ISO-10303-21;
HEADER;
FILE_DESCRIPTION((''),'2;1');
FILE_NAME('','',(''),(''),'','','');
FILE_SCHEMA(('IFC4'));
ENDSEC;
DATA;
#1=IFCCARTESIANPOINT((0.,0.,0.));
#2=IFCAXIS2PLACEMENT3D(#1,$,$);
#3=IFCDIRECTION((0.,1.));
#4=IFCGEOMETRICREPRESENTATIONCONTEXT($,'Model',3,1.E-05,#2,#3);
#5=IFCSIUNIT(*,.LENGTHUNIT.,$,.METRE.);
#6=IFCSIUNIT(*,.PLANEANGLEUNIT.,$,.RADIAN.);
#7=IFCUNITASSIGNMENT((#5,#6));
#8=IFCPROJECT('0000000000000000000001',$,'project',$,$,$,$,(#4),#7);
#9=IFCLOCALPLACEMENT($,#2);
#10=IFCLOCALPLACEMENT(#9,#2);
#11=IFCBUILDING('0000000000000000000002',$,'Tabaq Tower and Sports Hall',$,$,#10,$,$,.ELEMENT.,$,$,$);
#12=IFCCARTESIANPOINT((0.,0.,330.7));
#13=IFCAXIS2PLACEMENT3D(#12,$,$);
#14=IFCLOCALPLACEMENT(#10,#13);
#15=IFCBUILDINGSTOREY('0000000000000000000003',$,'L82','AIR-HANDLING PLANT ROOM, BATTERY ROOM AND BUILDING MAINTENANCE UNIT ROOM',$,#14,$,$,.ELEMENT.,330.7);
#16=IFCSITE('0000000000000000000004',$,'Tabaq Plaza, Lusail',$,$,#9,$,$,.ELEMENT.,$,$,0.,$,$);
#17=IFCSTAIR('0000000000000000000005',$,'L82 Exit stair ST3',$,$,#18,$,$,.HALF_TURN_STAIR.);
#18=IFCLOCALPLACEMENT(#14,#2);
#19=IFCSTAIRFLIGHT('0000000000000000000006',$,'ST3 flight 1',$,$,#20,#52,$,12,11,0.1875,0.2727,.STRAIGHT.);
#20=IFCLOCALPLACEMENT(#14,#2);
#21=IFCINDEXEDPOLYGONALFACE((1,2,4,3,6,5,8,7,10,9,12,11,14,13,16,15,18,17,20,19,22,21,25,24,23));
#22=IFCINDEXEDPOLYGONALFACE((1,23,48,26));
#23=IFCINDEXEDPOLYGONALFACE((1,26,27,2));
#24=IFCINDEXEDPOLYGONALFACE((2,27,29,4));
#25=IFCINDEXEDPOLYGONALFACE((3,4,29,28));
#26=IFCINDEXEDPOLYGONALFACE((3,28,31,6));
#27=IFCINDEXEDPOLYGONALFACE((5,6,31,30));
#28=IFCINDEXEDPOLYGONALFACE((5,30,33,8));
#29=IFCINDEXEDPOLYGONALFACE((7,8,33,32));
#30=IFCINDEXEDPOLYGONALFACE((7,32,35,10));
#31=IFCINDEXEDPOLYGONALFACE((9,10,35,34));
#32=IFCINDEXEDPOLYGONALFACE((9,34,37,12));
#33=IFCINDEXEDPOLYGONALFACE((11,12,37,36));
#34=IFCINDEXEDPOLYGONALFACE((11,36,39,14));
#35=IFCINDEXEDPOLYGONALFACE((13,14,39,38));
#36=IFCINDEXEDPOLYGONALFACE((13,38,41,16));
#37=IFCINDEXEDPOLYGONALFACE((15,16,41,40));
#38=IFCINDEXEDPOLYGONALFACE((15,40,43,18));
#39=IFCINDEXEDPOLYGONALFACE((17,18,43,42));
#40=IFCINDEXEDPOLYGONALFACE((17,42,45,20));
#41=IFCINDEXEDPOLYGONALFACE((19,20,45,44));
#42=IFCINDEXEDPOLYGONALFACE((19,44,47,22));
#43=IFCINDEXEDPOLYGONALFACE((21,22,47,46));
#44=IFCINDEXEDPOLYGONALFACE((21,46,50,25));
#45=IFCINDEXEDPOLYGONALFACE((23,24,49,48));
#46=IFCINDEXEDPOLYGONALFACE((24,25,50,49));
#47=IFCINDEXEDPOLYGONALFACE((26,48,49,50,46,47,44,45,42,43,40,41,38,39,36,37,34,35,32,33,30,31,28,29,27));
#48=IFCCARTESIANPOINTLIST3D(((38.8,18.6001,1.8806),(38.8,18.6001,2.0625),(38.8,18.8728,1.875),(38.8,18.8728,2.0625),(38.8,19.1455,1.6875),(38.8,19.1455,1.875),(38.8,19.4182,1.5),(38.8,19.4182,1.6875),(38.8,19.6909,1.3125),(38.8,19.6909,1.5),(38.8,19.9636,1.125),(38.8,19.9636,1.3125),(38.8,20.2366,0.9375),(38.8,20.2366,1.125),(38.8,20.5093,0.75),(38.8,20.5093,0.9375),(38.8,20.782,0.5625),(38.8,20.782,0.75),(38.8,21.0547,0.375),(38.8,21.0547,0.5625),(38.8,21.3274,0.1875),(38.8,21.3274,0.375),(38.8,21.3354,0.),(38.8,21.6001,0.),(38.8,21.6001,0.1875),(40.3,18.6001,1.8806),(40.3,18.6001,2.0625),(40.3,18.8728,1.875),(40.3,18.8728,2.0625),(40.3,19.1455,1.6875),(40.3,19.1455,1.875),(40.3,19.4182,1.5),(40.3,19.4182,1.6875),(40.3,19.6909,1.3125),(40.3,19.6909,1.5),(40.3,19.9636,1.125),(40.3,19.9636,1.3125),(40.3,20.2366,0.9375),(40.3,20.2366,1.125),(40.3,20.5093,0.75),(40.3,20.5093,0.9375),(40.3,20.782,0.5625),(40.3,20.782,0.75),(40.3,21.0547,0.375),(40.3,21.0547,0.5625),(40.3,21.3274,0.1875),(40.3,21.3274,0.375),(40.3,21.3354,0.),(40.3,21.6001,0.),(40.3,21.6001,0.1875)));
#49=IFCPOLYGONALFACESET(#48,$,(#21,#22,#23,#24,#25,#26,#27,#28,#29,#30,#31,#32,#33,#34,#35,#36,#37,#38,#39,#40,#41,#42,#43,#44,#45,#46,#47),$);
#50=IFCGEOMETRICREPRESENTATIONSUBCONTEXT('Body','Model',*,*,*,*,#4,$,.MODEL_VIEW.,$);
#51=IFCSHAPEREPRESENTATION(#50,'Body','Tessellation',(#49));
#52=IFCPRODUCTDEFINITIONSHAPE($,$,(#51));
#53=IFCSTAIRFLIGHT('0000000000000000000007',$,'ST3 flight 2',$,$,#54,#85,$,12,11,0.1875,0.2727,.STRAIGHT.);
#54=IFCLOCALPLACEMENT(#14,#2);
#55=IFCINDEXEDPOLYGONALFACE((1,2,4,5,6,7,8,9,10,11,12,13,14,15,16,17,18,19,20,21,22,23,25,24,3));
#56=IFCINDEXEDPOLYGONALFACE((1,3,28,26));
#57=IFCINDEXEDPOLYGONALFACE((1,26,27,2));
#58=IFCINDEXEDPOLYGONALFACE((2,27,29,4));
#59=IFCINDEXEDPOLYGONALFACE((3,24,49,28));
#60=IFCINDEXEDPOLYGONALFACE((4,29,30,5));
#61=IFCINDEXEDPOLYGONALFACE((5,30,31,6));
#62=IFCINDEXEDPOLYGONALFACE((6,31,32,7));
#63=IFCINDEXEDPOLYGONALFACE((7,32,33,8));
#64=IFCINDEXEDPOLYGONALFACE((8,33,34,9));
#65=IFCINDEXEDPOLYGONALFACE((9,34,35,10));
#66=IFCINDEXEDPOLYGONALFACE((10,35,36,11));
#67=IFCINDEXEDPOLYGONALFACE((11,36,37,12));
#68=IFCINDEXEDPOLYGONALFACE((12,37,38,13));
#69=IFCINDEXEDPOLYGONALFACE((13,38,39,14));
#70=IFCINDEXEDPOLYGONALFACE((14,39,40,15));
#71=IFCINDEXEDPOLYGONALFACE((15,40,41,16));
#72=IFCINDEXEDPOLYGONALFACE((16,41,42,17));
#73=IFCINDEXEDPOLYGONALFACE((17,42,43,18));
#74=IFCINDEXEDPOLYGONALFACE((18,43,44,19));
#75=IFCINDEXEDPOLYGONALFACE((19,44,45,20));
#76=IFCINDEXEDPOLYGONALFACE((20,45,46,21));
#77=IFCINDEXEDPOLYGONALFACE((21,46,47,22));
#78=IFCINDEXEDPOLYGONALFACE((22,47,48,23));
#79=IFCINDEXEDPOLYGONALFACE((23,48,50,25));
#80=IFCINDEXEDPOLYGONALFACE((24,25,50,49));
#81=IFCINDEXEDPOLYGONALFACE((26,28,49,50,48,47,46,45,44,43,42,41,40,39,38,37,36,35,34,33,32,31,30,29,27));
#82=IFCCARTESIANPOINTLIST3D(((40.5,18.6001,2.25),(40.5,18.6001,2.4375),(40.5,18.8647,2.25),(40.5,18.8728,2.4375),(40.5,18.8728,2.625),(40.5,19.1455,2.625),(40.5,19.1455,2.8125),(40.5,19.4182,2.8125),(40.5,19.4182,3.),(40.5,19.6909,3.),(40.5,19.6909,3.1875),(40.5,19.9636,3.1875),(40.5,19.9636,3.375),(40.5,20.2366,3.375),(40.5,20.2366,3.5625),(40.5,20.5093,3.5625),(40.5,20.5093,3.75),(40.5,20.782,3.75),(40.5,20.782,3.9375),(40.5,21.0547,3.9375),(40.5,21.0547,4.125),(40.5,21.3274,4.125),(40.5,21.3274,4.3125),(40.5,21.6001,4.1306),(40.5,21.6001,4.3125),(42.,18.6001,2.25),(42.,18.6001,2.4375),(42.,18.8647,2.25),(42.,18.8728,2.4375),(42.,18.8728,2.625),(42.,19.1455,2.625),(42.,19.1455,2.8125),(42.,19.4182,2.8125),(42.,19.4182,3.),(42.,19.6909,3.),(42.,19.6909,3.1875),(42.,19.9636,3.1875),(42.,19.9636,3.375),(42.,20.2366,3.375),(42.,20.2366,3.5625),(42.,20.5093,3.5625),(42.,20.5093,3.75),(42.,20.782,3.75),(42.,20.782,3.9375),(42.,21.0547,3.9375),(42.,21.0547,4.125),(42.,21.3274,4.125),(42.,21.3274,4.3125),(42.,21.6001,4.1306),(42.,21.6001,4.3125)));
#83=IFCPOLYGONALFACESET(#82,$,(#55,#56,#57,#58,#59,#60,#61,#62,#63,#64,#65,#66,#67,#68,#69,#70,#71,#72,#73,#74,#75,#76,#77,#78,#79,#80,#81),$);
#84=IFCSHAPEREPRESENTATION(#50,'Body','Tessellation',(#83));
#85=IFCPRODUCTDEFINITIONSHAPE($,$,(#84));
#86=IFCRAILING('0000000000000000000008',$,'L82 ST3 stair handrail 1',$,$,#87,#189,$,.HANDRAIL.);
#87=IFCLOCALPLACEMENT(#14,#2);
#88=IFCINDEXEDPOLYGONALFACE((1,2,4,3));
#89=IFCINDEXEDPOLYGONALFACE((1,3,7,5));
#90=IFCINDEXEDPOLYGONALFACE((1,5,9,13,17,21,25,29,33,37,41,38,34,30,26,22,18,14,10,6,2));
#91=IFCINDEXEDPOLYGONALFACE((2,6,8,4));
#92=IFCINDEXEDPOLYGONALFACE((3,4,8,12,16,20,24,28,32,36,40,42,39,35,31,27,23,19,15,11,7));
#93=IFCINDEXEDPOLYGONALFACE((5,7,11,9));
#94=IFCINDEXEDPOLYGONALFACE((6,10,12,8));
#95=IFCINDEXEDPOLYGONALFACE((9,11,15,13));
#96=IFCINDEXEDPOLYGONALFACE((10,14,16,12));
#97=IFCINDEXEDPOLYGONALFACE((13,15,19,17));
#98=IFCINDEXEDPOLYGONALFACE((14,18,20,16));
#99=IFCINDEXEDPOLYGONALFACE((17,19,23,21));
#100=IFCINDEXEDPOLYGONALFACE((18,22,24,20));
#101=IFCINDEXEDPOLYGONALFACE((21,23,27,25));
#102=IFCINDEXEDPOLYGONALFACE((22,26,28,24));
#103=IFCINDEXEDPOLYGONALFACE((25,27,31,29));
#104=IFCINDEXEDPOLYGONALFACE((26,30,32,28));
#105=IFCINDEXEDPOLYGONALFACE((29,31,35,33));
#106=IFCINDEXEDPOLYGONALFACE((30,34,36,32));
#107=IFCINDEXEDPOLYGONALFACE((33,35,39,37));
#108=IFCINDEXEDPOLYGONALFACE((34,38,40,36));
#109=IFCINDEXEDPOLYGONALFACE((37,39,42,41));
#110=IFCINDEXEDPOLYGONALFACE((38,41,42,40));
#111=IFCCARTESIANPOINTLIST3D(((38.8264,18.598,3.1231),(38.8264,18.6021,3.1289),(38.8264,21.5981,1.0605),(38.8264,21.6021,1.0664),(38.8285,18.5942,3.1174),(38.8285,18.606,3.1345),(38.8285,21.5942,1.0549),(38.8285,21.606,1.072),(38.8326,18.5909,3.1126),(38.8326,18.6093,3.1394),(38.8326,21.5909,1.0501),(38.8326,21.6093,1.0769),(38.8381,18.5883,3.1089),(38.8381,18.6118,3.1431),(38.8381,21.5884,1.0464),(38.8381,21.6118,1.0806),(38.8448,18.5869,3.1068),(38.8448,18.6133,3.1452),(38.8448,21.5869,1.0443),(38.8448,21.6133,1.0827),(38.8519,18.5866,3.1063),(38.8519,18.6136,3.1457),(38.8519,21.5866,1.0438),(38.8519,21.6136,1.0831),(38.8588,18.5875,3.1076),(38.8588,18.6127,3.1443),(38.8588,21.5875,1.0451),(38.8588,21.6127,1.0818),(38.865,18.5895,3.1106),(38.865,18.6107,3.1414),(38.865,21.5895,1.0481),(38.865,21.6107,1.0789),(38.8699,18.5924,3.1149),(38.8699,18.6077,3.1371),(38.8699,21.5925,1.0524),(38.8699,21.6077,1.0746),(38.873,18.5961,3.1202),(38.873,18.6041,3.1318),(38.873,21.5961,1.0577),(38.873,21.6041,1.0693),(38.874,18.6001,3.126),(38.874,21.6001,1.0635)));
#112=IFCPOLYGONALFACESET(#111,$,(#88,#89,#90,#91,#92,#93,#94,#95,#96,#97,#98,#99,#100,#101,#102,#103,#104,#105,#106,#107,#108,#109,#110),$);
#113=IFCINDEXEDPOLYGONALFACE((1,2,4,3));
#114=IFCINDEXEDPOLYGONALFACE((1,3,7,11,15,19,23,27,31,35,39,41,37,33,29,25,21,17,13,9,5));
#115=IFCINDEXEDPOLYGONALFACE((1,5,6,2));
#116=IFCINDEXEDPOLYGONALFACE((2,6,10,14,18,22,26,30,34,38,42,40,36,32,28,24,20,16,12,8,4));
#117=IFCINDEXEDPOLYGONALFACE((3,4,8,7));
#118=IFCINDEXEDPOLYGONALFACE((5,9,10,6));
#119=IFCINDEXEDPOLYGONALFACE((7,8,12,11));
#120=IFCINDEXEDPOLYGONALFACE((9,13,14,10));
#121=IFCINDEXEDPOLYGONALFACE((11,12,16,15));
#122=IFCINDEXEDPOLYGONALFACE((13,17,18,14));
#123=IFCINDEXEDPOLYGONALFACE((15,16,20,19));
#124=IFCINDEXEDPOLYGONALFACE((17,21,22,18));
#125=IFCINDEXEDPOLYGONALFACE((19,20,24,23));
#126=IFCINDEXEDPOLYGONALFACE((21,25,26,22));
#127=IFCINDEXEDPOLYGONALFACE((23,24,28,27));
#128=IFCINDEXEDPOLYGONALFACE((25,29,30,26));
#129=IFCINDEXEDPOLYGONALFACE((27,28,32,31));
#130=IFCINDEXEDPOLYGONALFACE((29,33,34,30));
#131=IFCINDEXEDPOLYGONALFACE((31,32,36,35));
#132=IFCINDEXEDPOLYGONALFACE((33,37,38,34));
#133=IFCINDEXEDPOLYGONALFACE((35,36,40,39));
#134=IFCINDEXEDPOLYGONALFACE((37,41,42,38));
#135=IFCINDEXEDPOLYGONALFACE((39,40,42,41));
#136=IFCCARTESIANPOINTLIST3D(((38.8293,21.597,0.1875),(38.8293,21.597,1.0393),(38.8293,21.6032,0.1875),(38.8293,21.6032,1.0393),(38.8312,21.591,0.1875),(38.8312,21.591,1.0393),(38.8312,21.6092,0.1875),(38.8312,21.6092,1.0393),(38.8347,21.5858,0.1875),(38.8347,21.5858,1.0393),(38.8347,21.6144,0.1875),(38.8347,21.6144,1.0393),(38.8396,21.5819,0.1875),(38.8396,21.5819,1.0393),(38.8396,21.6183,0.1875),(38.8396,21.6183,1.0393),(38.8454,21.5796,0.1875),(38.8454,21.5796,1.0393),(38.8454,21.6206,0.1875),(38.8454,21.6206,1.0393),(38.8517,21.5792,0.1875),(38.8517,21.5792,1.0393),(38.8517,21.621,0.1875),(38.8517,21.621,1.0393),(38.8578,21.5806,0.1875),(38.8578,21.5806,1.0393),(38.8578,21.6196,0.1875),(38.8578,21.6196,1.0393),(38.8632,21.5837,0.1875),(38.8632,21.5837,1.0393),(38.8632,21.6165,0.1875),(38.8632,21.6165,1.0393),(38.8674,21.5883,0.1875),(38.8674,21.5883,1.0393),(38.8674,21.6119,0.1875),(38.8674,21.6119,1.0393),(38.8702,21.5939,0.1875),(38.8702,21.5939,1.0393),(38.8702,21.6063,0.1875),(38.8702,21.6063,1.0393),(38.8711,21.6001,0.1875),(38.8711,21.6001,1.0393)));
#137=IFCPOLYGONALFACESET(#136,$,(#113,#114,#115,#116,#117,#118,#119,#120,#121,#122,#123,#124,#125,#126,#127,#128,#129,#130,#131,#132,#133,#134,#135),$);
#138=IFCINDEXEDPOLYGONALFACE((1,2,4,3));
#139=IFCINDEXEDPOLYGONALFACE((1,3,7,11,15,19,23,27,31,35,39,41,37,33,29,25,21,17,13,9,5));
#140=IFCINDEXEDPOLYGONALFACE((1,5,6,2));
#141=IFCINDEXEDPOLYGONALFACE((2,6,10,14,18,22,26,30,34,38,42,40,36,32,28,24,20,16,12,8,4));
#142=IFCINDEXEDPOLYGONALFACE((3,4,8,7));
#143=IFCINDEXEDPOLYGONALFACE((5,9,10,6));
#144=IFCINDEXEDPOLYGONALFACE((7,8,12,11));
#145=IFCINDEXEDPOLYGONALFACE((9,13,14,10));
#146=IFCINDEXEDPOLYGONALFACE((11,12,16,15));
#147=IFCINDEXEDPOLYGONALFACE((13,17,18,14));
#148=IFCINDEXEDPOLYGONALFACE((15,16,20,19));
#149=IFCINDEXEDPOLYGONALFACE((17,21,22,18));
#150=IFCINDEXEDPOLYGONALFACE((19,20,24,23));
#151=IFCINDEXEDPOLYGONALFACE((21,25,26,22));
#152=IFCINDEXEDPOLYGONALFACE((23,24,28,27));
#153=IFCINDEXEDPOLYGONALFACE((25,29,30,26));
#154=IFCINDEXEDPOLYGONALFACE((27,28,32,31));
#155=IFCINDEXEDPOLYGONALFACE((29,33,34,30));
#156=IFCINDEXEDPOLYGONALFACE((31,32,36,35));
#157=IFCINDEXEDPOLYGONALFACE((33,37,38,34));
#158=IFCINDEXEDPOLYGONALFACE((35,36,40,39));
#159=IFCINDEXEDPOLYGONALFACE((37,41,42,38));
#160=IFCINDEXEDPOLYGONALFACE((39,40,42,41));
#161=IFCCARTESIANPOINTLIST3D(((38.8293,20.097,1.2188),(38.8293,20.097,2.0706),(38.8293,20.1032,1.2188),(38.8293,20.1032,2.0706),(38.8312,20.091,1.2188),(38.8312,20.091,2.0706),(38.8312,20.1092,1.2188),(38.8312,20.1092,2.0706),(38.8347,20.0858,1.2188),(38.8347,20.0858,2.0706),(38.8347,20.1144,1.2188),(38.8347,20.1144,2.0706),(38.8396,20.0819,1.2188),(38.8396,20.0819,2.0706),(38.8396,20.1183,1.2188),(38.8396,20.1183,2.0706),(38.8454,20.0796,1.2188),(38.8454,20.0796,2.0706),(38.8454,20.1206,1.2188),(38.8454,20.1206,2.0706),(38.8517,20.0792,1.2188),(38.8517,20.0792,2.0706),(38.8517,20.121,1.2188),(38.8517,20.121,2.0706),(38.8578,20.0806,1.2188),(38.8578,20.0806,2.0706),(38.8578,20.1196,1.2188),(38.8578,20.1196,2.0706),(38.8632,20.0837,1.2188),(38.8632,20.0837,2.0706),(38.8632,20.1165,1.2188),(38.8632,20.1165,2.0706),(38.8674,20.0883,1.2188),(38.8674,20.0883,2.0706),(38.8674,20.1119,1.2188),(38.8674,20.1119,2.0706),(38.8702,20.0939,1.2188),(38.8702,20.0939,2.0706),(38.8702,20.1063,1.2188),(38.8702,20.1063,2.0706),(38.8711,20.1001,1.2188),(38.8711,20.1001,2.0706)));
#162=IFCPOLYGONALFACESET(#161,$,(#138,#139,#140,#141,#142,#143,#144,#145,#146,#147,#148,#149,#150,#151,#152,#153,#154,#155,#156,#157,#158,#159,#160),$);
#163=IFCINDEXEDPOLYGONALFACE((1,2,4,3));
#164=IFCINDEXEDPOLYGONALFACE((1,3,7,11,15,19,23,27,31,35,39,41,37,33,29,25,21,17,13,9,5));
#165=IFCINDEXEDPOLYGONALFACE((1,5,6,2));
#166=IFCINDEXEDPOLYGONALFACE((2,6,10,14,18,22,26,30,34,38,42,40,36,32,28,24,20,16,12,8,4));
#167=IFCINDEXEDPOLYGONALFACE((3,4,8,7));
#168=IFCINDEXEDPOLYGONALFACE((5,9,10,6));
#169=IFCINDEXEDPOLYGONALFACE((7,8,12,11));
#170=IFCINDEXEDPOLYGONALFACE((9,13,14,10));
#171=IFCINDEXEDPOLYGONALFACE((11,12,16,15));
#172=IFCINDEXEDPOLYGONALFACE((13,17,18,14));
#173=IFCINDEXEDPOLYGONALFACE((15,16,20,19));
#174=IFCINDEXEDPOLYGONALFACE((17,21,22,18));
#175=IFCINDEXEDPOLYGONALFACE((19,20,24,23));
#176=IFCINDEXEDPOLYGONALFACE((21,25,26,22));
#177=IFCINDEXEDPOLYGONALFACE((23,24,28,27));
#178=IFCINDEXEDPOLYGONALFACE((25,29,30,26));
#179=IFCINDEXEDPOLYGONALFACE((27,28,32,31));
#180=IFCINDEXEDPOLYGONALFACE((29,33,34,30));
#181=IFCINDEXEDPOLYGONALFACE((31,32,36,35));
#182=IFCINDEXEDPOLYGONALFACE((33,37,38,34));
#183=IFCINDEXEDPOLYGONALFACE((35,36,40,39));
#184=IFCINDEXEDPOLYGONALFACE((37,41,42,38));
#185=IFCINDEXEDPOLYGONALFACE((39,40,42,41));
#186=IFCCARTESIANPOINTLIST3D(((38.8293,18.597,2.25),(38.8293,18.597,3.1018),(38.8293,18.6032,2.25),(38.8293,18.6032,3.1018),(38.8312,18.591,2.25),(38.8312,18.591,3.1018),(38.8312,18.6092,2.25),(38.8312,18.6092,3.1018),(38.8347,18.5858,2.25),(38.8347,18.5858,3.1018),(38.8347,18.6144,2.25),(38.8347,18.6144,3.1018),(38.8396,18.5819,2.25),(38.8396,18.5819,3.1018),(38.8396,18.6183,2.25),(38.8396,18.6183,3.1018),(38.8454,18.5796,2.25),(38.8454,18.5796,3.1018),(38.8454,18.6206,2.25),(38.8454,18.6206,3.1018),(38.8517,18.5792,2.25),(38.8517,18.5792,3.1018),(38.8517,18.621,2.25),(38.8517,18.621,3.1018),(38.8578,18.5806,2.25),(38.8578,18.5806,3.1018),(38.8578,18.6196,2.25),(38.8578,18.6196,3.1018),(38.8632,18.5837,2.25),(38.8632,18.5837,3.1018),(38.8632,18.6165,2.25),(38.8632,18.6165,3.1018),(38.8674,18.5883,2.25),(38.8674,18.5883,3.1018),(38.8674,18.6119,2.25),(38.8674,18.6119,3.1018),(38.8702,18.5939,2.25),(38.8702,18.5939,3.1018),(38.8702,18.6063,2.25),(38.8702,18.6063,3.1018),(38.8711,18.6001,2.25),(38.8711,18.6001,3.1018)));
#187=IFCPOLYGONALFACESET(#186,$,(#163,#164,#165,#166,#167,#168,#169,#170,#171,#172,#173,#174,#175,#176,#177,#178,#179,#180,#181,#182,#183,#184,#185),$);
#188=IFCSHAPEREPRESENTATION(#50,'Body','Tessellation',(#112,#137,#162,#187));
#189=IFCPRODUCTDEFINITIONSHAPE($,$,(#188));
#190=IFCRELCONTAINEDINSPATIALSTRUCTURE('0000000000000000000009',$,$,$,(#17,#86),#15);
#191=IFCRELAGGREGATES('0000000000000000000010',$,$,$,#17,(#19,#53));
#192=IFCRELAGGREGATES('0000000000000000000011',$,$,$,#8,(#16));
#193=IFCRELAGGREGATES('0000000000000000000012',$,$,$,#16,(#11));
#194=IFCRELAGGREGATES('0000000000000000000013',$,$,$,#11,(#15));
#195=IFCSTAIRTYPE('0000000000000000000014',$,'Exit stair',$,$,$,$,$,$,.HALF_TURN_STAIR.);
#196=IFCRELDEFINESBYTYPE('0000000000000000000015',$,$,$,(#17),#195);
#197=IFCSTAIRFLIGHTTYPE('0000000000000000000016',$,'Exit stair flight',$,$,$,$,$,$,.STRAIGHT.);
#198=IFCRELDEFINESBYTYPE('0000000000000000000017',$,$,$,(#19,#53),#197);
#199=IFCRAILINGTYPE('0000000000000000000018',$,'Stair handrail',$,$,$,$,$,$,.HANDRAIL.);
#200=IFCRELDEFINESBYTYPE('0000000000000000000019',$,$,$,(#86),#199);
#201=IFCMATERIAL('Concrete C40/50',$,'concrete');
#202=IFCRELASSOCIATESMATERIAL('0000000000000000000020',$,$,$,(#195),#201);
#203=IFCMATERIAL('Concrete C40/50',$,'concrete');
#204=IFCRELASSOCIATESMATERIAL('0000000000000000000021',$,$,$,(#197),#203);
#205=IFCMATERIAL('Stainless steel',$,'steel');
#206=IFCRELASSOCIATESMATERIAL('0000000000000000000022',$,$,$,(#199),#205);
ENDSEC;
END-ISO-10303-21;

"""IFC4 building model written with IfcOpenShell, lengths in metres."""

from ifc_helpers import new_model, si_unit, direction, frame, origin, origin_2d, place, context, subcontext, project, spatial, polyline, circle, outline, extrude, material, type_object, element, aggregate, save


model = new_model("IFC4")

# Units and contexts
model_context = context("Model", 3, precision=1e-05, world=origin(), true_north=direction((0.0, 1.0)))
body_context = subcontext(model_context, "Body", "Model", "MODEL_VIEW")
ifc_project = project(units=[si_unit("LENGTHUNIT", "METRE"), si_unit("PLANEANGLEUNIT", "RADIAN")], contexts=[model_context])

# Site, building, storey
site_placement = place(None, origin())
site = spatial("IfcSite", under=ifc_project, at=site_placement, Name="Tabaq Plaza, Lusail", CompositionType="ELEMENT", RefElevation=0.0)
building_placement = place(site_placement, origin())
building = spatial("IfcBuilding", under=site, at=building_placement, Name="Tabaq Tower and Sports Hall", CompositionType="ELEMENT")
storey_placement = place(building_placement, frame((0.0, 0.0, 330.7)))
storey = spatial("IfcBuildingStorey", under=building, at=storey_placement, Name="L82", Description="AIR-HANDLING PLANT ROOM, BATTERY ROOM AND BUILDING MAINTENANCE UNIT ROOM", CompositionType="ELEMENT", Elevation=330.7)

# Stair, stair flights
ifc_material_1 = material(Name="Concrete C40/50", Category="concrete")
stair_type = type_object("IfcStairType", Name="Exit stair", PredefinedType="HALF_TURN_STAIR", material=ifc_material_1)
stair_placement = place(storey_placement, origin())
stair = element("IfcStair", 1, at=stair_placement, inside=storey, type_object=stair_type, Name="L82 Exit stair ST3", PredefinedType="HALF_TURN_STAIR")
ifc_material_2 = material(Name="Concrete C40/50", Category="concrete")
stair_flight_type = type_object("IfcStairFlightType", Name="Exit stair flight", PredefinedType="STRAIGHT", material=ifc_material_2)
stair_flight_1_placement = place(storey_placement, frame((39.55, 21.6001, 0.0), z_axis=(0.0, 0.0, 1.0), x_axis=(0.0, -1.0, 0.0)))
stair_flight_1 = element("IfcStairFlight", 2, at=stair_flight_1_placement, type_object=stair_flight_type, Name="ST3 flight 1", NumberOfRisers=12, NumberOfTreads=11, PredefinedType="STRAIGHT", RiserHeight=0.1875, TreadLength=0.2727, context=body_context, shape_type="SweptSolid", body=[
    extrude(outline(polyline([(0.0, 0.0), (0.0, 0.1875), (0.2727, 0.1875), (0.2727, 0.375), (0.5454, 0.375), (0.5454, 0.5625), (0.8181, 0.5625), (0.8181, 0.75), (1.0908, 0.75), (1.0908, 0.9375), (1.3635, 0.9375), (1.3635, 1.125), (1.6365, 1.125), (1.6365, 1.3125), (1.9092, 1.3125), (1.9092, 1.5), (2.1819, 1.5), (2.1819, 1.6875), (2.4546, 1.6875), (2.4546, 1.875), (2.7273, 1.875), (2.7273, 2.0625), (3.0, 2.0625), (3.0, 2.25), (3.0, 1.8806), (0.2646, 0.0), (0.0, 0.0)])), frame((0.0, 0.75, 0.0), z_axis=(0.0, -1.0, 0.0), x_axis=(1.0, 0.0, 0.0)), (0.0, 0.0, 1.0), 1.5),
])
stair_flight_2_placement = place(storey_placement, frame((41.25, 18.6001, 2.25), z_axis=(0.0, 0.0, 1.0), x_axis=(0.0, 1.0, 0.0)))
stair_flight_2 = element("IfcStairFlight", 3, at=stair_flight_2_placement, type_object=stair_flight_type, Name="ST3 flight 2", NumberOfRisers=12, NumberOfTreads=11, PredefinedType="STRAIGHT", RiserHeight=0.1875, TreadLength=0.2727, context=body_context, shape_type="SweptSolid", body=[
    extrude(outline(polyline([(0.0, 0.0), (0.0, 0.1875), (0.2727, 0.1875), (0.2727, 0.375), (0.5454, 0.375), (0.5454, 0.5625), (0.8181, 0.5625), (0.8181, 0.75), (1.0908, 0.75), (1.0908, 0.9375), (1.3635, 0.9375), (1.3635, 1.125), (1.6365, 1.125), (1.6365, 1.3125), (1.9092, 1.3125), (1.9092, 1.5), (2.1819, 1.5), (2.1819, 1.6875), (2.4546, 1.6875), (2.4546, 1.875), (2.7273, 1.875), (2.7273, 2.0625), (3.0, 2.0625), (3.0, 2.25), (3.0, 1.8806), (0.2646, 0.0), (0.0, 0.0)])), frame((0.0, 0.75, 0.0), z_axis=(0.0, -1.0, 0.0), x_axis=(1.0, 0.0, 0.0)), (0.0, 0.0, 1.0), 1.5),
])
aggregate(stair, [stair_flight_1, stair_flight_2])

# Railing
ifc_material_3 = material(Name="Stainless steel", Category="steel")
railing_type_1 = type_object("IfcRailingType", Name="Stair handrail", PredefinedType="HANDRAIL", material=ifc_material_3)
railing_1_placement = place(storey_placement, frame((38.8501, 21.6001, 0.1875)))
element("IfcRailing", 4, at=railing_1_placement, inside=storey, type_object=railing_type_1, Name="L82 ST3 stair handrail 1", PredefinedType="HANDRAIL", context=body_context, shape_type="SweptSolid", body=[
    extrude(circle(Radius=0.0239, at=origin_2d()), frame((0.0, 0.0, 0.876), z_axis=(0.0, -0.824042, 0.566529), x_axis=(1.0, 0.0, 0.0)), (0.0, 0.0, 1.0), 3.6406),
    extrude(circle(Radius=0.021, at=origin_2d()), origin(), (0.0, 0.0, 1.0), 0.8518),
    extrude(circle(Radius=0.021, at=origin_2d()), frame((0.0, -1.5, 1.0312)), (0.0, 0.0, 1.0), 0.8518),
    extrude(circle(Radius=0.021, at=origin_2d()), frame((0.0, -3.0, 2.0625)), (0.0, 0.0, 1.0), 0.8518),
])

save(model, "model.ifc")
